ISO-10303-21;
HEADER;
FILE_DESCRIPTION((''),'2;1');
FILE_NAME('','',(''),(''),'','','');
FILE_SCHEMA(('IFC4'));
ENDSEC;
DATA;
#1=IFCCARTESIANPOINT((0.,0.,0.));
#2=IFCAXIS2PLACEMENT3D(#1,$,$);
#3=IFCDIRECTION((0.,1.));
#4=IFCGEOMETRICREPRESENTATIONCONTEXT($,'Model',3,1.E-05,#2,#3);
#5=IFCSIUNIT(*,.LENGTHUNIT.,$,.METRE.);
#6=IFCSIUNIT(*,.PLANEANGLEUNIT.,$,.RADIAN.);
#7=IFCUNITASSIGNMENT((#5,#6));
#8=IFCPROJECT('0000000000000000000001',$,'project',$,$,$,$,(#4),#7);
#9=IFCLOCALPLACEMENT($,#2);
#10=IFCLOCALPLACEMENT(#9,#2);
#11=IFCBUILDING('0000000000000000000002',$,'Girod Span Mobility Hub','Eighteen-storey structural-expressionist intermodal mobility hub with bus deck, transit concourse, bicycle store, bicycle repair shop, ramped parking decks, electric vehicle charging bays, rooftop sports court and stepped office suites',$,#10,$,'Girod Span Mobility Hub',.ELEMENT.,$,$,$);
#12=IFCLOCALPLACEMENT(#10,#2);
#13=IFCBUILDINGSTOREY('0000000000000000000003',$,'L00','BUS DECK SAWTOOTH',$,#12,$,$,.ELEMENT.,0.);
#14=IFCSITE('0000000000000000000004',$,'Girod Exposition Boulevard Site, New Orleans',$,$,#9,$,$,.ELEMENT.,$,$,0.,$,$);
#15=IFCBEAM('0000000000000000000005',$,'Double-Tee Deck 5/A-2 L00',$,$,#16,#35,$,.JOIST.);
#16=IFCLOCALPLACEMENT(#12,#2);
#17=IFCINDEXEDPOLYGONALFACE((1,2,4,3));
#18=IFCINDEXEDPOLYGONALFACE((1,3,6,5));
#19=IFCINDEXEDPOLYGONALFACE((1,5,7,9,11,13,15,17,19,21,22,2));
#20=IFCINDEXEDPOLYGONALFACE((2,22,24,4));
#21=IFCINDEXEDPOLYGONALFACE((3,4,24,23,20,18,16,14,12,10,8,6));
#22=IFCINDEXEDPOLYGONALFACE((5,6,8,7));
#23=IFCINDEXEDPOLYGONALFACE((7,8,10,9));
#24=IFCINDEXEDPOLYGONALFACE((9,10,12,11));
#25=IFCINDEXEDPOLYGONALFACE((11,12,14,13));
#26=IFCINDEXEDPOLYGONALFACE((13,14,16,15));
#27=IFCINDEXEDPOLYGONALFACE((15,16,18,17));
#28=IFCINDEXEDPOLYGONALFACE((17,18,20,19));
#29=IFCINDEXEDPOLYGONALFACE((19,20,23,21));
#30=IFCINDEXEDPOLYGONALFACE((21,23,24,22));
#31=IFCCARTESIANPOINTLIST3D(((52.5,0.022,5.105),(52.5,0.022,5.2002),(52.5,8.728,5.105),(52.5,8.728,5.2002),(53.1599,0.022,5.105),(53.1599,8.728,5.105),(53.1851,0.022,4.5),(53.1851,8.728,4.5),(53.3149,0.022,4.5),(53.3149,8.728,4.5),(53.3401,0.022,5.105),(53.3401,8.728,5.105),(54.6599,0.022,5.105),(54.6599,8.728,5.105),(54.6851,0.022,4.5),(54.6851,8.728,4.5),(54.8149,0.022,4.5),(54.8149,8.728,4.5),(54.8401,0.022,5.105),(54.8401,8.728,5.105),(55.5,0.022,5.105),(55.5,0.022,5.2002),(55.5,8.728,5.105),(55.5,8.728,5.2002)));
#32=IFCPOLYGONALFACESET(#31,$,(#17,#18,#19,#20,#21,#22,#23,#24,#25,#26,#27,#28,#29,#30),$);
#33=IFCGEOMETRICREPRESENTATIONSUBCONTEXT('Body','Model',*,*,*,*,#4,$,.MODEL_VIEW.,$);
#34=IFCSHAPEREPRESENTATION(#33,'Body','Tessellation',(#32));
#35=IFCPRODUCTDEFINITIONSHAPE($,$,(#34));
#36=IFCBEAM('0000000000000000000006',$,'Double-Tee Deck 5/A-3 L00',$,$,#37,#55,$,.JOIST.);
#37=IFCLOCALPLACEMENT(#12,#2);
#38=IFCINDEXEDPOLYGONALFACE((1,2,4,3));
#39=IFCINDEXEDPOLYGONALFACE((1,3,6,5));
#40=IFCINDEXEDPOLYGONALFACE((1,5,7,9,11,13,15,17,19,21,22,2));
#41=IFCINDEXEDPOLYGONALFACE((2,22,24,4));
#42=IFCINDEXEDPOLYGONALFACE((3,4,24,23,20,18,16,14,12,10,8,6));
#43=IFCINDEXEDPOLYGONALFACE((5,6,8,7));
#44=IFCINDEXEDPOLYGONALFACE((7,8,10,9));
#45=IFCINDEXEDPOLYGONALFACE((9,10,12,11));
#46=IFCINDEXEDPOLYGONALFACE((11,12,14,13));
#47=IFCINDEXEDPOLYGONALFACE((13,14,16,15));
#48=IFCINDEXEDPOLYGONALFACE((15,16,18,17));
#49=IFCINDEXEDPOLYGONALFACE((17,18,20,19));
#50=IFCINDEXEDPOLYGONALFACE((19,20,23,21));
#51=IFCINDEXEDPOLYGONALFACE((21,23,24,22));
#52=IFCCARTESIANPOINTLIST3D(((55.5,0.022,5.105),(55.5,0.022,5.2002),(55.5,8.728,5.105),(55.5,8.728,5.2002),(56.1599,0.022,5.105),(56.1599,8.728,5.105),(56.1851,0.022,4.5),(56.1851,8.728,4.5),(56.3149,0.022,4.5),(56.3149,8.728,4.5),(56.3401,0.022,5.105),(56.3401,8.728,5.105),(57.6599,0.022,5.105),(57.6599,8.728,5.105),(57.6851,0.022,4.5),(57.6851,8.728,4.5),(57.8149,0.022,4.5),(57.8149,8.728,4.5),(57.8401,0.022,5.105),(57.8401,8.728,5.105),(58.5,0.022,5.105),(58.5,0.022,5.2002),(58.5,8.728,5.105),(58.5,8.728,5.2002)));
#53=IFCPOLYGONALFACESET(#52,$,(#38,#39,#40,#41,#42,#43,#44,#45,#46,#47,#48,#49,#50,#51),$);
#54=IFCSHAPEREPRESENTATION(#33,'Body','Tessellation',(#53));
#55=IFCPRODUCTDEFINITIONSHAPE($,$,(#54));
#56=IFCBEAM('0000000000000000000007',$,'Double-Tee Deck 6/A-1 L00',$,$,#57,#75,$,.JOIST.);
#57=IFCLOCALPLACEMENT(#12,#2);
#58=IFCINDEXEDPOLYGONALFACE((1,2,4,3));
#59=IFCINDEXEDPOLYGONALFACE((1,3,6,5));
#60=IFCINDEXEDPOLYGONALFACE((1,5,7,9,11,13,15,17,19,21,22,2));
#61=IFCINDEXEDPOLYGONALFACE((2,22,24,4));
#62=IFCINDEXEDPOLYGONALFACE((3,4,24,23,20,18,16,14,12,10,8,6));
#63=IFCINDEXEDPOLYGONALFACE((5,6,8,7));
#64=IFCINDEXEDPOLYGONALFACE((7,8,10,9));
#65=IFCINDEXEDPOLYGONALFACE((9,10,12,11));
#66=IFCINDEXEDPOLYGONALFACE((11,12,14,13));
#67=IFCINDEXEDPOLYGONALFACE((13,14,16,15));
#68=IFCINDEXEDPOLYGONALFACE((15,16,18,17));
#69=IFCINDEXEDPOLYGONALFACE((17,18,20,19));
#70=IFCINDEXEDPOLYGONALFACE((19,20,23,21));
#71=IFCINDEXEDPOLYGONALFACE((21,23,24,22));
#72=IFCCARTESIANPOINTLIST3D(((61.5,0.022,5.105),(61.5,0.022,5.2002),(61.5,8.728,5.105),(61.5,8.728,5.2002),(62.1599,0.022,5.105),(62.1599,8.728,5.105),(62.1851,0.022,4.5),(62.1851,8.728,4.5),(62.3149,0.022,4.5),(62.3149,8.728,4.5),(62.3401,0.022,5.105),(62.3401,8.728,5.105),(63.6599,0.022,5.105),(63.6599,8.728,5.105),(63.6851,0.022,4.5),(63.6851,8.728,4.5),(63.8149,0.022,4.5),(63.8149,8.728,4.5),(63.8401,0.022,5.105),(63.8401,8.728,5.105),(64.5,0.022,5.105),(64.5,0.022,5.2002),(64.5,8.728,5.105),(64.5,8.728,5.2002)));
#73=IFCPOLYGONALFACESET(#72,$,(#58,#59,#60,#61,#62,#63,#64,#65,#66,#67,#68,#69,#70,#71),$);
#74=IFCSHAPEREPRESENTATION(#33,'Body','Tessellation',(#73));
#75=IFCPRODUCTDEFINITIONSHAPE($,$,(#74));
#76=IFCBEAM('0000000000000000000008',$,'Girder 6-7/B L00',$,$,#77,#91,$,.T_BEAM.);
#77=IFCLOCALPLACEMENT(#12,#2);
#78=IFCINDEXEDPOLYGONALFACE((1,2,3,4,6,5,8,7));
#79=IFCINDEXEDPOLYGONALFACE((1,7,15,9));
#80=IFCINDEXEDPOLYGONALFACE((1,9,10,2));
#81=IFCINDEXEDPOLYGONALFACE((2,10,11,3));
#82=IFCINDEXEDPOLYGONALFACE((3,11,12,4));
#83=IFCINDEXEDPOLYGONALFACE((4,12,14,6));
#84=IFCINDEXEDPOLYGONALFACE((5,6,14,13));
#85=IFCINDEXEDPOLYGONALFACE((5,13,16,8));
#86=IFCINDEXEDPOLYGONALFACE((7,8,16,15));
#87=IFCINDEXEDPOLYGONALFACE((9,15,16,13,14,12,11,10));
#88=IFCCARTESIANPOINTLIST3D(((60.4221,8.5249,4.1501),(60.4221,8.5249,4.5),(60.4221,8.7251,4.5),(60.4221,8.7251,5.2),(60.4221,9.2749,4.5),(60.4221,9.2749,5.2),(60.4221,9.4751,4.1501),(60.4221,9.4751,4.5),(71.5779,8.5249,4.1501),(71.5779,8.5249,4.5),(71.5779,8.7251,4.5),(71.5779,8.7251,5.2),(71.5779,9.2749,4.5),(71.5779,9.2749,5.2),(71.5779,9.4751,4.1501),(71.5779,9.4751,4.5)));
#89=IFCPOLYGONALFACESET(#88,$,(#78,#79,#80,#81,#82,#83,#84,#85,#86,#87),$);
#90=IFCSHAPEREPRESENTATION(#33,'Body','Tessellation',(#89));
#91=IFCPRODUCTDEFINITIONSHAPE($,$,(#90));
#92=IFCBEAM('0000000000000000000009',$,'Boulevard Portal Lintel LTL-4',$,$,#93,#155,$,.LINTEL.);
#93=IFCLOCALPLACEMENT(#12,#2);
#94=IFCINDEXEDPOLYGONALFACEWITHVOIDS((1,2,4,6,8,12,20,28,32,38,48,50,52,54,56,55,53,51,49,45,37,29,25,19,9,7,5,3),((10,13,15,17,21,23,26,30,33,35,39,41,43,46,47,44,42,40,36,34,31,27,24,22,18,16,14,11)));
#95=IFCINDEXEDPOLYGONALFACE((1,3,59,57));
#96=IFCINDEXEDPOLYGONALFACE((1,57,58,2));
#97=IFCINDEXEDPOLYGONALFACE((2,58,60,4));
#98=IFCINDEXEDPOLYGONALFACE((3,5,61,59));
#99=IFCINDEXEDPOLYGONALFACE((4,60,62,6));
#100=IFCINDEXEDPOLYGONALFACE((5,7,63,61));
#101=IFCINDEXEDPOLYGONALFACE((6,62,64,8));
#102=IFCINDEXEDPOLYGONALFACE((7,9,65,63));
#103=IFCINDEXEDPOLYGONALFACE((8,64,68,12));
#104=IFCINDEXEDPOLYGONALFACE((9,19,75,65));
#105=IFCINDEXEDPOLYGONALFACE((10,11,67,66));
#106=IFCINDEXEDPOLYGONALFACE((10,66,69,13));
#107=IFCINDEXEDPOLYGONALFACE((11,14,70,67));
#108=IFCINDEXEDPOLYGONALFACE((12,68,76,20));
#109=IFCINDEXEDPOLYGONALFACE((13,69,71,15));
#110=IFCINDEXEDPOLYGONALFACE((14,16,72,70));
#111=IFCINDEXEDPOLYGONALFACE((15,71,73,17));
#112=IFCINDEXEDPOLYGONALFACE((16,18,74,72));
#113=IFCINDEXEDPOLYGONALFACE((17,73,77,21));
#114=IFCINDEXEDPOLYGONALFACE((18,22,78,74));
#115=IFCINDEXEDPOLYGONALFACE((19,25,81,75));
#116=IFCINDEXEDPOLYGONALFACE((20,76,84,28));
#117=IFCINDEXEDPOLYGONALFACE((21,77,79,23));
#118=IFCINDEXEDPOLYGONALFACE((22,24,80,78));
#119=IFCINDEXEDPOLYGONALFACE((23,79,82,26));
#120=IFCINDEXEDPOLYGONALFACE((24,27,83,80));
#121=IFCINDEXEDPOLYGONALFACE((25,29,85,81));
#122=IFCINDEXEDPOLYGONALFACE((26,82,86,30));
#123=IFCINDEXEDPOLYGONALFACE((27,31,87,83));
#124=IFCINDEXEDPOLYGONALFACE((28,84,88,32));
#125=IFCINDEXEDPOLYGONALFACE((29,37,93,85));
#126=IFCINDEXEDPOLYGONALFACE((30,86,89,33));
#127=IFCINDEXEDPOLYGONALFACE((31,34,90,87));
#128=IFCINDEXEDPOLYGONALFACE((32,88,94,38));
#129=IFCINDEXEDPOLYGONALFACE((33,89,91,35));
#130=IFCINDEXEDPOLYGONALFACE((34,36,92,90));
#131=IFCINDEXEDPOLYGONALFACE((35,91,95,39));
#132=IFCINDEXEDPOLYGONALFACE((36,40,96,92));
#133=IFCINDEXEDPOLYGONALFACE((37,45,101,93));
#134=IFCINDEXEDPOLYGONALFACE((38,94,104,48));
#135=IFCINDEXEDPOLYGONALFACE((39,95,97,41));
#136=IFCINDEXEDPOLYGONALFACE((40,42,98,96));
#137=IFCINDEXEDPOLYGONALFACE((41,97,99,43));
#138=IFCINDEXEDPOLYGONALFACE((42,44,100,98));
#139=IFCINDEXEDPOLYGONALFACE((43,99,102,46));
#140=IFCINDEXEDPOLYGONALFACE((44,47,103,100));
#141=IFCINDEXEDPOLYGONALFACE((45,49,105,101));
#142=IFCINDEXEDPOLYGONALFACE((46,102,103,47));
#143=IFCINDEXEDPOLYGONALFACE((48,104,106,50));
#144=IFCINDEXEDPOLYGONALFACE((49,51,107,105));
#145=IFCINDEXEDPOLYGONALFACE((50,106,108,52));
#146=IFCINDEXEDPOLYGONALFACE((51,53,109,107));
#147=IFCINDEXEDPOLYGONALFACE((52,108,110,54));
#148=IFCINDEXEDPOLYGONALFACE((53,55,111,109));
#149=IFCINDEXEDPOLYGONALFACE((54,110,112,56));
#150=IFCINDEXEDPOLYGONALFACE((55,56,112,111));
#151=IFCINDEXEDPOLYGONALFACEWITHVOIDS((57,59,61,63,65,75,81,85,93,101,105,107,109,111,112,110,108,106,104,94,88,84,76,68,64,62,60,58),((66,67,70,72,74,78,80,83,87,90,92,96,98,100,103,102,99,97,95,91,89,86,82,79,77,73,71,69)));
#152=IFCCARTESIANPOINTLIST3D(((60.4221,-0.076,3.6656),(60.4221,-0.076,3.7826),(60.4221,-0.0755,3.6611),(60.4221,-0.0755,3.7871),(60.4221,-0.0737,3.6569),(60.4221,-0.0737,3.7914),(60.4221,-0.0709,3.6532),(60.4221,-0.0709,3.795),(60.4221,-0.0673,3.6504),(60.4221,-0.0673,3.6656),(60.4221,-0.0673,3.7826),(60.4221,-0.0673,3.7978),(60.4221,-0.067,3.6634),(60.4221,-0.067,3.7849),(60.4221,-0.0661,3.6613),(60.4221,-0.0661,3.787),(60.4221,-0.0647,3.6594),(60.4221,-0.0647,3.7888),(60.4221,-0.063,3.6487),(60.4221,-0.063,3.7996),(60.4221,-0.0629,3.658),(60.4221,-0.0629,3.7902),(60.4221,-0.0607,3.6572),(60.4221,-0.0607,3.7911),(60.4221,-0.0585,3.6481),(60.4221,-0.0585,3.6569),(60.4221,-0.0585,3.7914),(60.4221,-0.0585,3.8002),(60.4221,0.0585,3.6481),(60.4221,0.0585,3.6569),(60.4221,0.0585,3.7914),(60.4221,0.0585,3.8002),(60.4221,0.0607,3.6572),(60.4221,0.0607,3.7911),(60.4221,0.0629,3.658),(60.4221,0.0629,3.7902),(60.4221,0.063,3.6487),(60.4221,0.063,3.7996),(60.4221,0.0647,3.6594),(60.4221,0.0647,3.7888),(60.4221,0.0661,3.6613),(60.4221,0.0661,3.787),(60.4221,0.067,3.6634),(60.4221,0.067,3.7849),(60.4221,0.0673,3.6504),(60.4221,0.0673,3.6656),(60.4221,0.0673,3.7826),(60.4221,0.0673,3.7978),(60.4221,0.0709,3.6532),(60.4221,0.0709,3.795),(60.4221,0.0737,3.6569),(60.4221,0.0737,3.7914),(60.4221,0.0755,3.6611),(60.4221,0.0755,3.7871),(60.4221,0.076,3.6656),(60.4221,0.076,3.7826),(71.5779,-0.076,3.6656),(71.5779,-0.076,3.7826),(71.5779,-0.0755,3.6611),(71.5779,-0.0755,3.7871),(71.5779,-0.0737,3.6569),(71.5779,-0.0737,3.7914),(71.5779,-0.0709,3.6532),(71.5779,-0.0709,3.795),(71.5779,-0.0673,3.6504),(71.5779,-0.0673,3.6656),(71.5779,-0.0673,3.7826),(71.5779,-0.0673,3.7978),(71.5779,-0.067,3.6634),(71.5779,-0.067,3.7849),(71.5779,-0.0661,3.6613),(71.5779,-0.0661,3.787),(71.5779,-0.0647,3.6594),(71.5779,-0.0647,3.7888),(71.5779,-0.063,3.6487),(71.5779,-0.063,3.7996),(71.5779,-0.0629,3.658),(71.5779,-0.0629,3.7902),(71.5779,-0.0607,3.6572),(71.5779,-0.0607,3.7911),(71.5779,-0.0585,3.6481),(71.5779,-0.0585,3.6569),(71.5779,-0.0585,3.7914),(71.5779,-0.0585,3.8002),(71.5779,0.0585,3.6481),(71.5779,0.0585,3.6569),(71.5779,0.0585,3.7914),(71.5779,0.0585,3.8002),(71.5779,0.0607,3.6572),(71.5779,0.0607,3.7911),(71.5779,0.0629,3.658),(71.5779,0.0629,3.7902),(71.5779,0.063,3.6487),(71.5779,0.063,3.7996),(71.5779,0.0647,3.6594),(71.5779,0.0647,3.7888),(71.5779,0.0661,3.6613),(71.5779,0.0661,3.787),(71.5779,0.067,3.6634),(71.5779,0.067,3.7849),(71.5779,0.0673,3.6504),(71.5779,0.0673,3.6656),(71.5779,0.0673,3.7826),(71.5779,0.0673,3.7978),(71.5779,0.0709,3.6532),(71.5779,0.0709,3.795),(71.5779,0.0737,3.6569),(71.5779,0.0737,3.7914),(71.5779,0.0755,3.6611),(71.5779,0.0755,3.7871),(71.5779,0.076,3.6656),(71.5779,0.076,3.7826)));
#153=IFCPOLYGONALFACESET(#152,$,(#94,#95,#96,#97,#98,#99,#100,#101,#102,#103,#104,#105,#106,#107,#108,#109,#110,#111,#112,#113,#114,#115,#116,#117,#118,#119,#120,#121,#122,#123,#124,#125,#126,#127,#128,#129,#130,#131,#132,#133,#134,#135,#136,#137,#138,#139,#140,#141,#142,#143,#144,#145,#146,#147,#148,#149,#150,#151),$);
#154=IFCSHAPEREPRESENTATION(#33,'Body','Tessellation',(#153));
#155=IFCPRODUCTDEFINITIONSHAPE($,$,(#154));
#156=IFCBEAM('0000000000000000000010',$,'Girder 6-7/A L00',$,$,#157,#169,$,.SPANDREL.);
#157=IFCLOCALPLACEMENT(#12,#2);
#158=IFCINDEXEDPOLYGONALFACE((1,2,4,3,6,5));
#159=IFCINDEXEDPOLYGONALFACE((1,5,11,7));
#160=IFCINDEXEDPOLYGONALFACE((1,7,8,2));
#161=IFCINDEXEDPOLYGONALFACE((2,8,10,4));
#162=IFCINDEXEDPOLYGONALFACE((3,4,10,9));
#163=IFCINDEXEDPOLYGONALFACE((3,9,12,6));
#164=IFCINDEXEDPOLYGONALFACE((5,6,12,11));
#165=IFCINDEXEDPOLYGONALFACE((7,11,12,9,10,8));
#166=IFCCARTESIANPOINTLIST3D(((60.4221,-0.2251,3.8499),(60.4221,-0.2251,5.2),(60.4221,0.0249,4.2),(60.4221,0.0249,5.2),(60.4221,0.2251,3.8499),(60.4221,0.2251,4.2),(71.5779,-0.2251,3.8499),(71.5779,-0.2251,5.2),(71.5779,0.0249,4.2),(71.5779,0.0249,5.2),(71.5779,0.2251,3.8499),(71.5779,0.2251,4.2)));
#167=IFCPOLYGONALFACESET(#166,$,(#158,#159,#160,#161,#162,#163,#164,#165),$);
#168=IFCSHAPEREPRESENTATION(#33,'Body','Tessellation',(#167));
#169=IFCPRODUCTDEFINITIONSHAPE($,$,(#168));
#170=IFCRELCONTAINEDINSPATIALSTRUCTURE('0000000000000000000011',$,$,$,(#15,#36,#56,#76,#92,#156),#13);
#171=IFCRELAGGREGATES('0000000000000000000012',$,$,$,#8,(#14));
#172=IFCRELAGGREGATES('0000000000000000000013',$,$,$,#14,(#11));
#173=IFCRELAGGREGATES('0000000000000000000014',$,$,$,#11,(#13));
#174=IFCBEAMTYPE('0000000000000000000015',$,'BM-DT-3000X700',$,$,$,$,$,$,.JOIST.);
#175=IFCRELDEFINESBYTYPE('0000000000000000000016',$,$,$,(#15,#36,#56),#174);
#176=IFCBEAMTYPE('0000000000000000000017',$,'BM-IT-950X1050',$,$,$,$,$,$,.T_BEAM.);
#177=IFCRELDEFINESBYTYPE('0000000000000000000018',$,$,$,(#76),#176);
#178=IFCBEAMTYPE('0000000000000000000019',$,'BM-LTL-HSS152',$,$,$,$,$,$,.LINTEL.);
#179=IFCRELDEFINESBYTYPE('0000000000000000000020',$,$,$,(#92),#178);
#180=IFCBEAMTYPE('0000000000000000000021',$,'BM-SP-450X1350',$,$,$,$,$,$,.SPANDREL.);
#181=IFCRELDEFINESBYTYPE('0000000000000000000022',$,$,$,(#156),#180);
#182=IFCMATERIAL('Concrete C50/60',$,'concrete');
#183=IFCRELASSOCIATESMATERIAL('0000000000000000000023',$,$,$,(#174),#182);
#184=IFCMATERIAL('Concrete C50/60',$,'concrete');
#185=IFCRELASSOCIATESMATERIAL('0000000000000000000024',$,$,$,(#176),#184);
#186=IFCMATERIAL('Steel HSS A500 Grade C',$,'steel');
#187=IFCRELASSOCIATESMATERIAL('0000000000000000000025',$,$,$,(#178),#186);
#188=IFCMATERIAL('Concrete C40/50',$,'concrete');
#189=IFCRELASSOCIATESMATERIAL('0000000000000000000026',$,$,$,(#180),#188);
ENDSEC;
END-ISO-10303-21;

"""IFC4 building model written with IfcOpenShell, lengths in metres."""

from ifc_helpers import new_model, si_unit, direction, frame, origin, origin_2d, place, context, subcontext, project, spatial, polyline, hollow_rectangle, outline, extrude, material, material_profile, profile_set, type_object, element, save


model = new_model("IFC4")

# Units and contexts
model_context = context("Model", 3, precision=1e-05, world=origin(), true_north=direction((0.0, 1.0)))
body_context = subcontext(model_context, "Body", "Model", "MODEL_VIEW")
ifc_project = project(units=[si_unit("LENGTHUNIT", "METRE"), si_unit("PLANEANGLEUNIT", "RADIAN")], contexts=[model_context])

# Site, building, storey
site_placement = place(None, origin())
site = spatial("IfcSite", under=ifc_project, at=site_placement, Name="Girod Exposition Boulevard Site, New Orleans", CompositionType="ELEMENT", RefElevation=0.0)
building_placement = place(site_placement, origin())
building = spatial("IfcBuilding", under=site, at=building_placement, Name="Girod Span Mobility Hub", Description="Eighteen-storey structural-expressionist intermodal mobility hub with bus deck, transit concourse, bicycle store, bicycle repair shop, ramped parking decks, electric vehicle charging bays, rooftop sports court and stepped office suites", LongName="Girod Span Mobility Hub", CompositionType="ELEMENT")
storey_placement = place(building_placement, origin())
storey = spatial("IfcBuildingStorey", under=building, at=storey_placement, Name="L00", Description="BUS DECK SAWTOOTH", CompositionType="ELEMENT", Elevation=0.0)

# Beams
ifc_material_1 = material(Name="Concrete C50/60", Category="concrete")
ifc_material_profile_1 = material_profile(ifc_material_1, outline(polyline([(-1.5, 0.3501), (-1.5, 0.2549), (-0.8401, 0.2549), (-0.8149, -0.3501), (-0.6851, -0.3501), (-0.6599, 0.2549), (0.6599, 0.2549), (0.6851, -0.3501), (0.8149, -0.3501), (0.8401, 0.2549), (1.5, 0.2549), (1.5, 0.3501), (-1.5, 0.3501)])), Name="DT-3000X700")
ifc_profile_set_1 = profile_set([ifc_material_profile_1], Name="Concrete C50/60")
beam_type_1 = type_object("IfcBeamType", Name="BM-DT-3000X700", PredefinedType="JOIST", material=ifc_profile_set_1)
for number, where, z_axis, x_axis, name in (
    (1, (54.0, 0.022, 4.8501), (0.0, 1.0, 0.0), (-1.0, 0.0, 0.0), "Double-Tee Deck 5/A-2 L00"),
    (2, (57.0, 0.022, 4.8501), (0.0, 1.0, 0.0), (-1.0, 0.0, 0.0), "Double-Tee Deck 5/A-3 L00"),
    (3, (63.0, 0.022, 4.8501), (0.0, 1.0, 0.0), (-1.0, 0.0, 0.0), "Double-Tee Deck 6/A-1 L00"),
):
    element("IfcBeam", number, at=place(storey_placement, frame(where, z_axis=z_axis, x_axis=x_axis)), inside=storey, type_object=beam_type_1, Name=name, PredefinedType="JOIST", context=body_context, shape_type="SweptSolid", body=[
        extrude(outline(polyline([(-1.5, 0.3501), (-1.5, 0.2549), (-0.8401, 0.2549), (-0.8149, -0.3501), (-0.6851, -0.3501), (-0.6599, 0.2549), (0.6599, 0.2549), (0.6851, -0.3501), (0.8149, -0.3501), (0.8401, 0.2549), (1.5, 0.2549), (1.5, 0.3501), (-1.5, 0.3501)])), origin(), (0.0, 0.0, 1.0), 8.7061),
    ])
ifc_material_2 = material(Name="Concrete C50/60", Category="concrete")
ifc_material_profile_2 = material_profile(ifc_material_2, outline(polyline([(-0.4751, -0.5249), (0.4751, -0.5249), (0.4751, -0.175), (0.2749, -0.175), (0.2749, 0.5249), (-0.2749, 0.5249), (-0.2749, -0.175), (-0.4751, -0.175), (-0.4751, -0.5249)])), Name="IT-950X1050")
ifc_profile_set_2 = profile_set([ifc_material_profile_2], Name="Concrete C50/60")
beam_type_2 = type_object("IfcBeamType", Name="BM-IT-950X1050", PredefinedType="T_BEAM", material=ifc_profile_set_2)
beam_1_placement = place(storey_placement, frame((60.4221, 9.0, 4.675), z_axis=(1.0, 0.0, 0.0), x_axis=(0.0, 1.0, 0.0)))
element("IfcBeam", 4, at=beam_1_placement, inside=storey, type_object=beam_type_2, Name="Girder 6-7/B L00", PredefinedType="T_BEAM", context=body_context, shape_type="SweptSolid", body=[
    extrude(outline(polyline([(-0.4751, -0.5249), (0.4751, -0.5249), (0.4751, -0.175), (0.2749, -0.175), (0.2749, 0.5249), (-0.2749, 0.5249), (-0.2749, -0.175), (-0.4751, -0.175), (-0.4751, -0.5249)])), origin(), (0.0, 0.0, 1.0), 11.1558),
])
ifc_material_3 = material(Name="Steel HSS A500 Grade C", Category="steel")
ifc_material_profile_3 = material_profile(ifc_material_3, hollow_rectangle(XDim=0.1521, YDim=0.1521, WallThickness=0.0088, InnerFilletRadius=0.0088, OuterFilletRadius=0.0176, at=origin_2d()), Name="HSS152X152X9.5")
ifc_profile_set_3 = profile_set([ifc_material_profile_3], Name="Steel HSS A500 Grade C")
beam_type_3 = type_object("IfcBeamType", Name="BM-LTL-HSS152", PredefinedType="LINTEL", material=ifc_profile_set_3)
beam_2_placement = place(storey_placement, frame((60.4221, 0.0, 3.7241), z_axis=(1.0, 0.0, 0.0), x_axis=(0.0, 1.0, 0.0)))
element("IfcBeam", 5, at=beam_2_placement, inside=storey, type_object=beam_type_3, Name="Boulevard Portal Lintel LTL-4", PredefinedType="LINTEL", context=body_context, shape_type="SweptSolid", body=[
    extrude(hollow_rectangle(XDim=0.1521, YDim=0.1521, WallThickness=0.0088, InnerFilletRadius=0.0088, OuterFilletRadius=0.0176, at=origin_2d()), origin(), (0.0, 0.0, 1.0), 11.1558),
])
ifc_material_4 = material(Name="Concrete C40/50", Category="concrete")
ifc_material_profile_4 = material_profile(ifc_material_4, outline(polyline([(-0.2251, -0.675), (0.2251, -0.675), (0.2251, -0.325), (0.0249, -0.325), (0.0249, 0.675), (-0.2251, 0.675), (-0.2251, -0.675)])), Name="SP-450X1350")
ifc_profile_set_4 = profile_set([ifc_material_profile_4], Name="Concrete C40/50")
beam_type_4 = type_object("IfcBeamType", Name="BM-SP-450X1350", PredefinedType="SPANDREL", material=ifc_profile_set_4)
beam_3_placement = place(storey_placement, frame((60.4221, 0.0, 4.5249), z_axis=(1.0, 0.0, 0.0), x_axis=(0.0, 1.0, 0.0)))
element("IfcBeam", 6, at=beam_3_placement, inside=storey, type_object=beam_type_4, Name="Girder 6-7/A L00", PredefinedType="SPANDREL", context=body_context, shape_type="SweptSolid", body=[
    extrude(outline(polyline([(-0.2251, -0.675), (0.2251, -0.675), (0.2251, -0.325), (0.0249, -0.325), (0.0249, 0.675), (-0.2251, 0.675), (-0.2251, -0.675)])), origin(), (0.0, 0.0, 1.0), 11.1558),
])

save(model, "model.ifc")
